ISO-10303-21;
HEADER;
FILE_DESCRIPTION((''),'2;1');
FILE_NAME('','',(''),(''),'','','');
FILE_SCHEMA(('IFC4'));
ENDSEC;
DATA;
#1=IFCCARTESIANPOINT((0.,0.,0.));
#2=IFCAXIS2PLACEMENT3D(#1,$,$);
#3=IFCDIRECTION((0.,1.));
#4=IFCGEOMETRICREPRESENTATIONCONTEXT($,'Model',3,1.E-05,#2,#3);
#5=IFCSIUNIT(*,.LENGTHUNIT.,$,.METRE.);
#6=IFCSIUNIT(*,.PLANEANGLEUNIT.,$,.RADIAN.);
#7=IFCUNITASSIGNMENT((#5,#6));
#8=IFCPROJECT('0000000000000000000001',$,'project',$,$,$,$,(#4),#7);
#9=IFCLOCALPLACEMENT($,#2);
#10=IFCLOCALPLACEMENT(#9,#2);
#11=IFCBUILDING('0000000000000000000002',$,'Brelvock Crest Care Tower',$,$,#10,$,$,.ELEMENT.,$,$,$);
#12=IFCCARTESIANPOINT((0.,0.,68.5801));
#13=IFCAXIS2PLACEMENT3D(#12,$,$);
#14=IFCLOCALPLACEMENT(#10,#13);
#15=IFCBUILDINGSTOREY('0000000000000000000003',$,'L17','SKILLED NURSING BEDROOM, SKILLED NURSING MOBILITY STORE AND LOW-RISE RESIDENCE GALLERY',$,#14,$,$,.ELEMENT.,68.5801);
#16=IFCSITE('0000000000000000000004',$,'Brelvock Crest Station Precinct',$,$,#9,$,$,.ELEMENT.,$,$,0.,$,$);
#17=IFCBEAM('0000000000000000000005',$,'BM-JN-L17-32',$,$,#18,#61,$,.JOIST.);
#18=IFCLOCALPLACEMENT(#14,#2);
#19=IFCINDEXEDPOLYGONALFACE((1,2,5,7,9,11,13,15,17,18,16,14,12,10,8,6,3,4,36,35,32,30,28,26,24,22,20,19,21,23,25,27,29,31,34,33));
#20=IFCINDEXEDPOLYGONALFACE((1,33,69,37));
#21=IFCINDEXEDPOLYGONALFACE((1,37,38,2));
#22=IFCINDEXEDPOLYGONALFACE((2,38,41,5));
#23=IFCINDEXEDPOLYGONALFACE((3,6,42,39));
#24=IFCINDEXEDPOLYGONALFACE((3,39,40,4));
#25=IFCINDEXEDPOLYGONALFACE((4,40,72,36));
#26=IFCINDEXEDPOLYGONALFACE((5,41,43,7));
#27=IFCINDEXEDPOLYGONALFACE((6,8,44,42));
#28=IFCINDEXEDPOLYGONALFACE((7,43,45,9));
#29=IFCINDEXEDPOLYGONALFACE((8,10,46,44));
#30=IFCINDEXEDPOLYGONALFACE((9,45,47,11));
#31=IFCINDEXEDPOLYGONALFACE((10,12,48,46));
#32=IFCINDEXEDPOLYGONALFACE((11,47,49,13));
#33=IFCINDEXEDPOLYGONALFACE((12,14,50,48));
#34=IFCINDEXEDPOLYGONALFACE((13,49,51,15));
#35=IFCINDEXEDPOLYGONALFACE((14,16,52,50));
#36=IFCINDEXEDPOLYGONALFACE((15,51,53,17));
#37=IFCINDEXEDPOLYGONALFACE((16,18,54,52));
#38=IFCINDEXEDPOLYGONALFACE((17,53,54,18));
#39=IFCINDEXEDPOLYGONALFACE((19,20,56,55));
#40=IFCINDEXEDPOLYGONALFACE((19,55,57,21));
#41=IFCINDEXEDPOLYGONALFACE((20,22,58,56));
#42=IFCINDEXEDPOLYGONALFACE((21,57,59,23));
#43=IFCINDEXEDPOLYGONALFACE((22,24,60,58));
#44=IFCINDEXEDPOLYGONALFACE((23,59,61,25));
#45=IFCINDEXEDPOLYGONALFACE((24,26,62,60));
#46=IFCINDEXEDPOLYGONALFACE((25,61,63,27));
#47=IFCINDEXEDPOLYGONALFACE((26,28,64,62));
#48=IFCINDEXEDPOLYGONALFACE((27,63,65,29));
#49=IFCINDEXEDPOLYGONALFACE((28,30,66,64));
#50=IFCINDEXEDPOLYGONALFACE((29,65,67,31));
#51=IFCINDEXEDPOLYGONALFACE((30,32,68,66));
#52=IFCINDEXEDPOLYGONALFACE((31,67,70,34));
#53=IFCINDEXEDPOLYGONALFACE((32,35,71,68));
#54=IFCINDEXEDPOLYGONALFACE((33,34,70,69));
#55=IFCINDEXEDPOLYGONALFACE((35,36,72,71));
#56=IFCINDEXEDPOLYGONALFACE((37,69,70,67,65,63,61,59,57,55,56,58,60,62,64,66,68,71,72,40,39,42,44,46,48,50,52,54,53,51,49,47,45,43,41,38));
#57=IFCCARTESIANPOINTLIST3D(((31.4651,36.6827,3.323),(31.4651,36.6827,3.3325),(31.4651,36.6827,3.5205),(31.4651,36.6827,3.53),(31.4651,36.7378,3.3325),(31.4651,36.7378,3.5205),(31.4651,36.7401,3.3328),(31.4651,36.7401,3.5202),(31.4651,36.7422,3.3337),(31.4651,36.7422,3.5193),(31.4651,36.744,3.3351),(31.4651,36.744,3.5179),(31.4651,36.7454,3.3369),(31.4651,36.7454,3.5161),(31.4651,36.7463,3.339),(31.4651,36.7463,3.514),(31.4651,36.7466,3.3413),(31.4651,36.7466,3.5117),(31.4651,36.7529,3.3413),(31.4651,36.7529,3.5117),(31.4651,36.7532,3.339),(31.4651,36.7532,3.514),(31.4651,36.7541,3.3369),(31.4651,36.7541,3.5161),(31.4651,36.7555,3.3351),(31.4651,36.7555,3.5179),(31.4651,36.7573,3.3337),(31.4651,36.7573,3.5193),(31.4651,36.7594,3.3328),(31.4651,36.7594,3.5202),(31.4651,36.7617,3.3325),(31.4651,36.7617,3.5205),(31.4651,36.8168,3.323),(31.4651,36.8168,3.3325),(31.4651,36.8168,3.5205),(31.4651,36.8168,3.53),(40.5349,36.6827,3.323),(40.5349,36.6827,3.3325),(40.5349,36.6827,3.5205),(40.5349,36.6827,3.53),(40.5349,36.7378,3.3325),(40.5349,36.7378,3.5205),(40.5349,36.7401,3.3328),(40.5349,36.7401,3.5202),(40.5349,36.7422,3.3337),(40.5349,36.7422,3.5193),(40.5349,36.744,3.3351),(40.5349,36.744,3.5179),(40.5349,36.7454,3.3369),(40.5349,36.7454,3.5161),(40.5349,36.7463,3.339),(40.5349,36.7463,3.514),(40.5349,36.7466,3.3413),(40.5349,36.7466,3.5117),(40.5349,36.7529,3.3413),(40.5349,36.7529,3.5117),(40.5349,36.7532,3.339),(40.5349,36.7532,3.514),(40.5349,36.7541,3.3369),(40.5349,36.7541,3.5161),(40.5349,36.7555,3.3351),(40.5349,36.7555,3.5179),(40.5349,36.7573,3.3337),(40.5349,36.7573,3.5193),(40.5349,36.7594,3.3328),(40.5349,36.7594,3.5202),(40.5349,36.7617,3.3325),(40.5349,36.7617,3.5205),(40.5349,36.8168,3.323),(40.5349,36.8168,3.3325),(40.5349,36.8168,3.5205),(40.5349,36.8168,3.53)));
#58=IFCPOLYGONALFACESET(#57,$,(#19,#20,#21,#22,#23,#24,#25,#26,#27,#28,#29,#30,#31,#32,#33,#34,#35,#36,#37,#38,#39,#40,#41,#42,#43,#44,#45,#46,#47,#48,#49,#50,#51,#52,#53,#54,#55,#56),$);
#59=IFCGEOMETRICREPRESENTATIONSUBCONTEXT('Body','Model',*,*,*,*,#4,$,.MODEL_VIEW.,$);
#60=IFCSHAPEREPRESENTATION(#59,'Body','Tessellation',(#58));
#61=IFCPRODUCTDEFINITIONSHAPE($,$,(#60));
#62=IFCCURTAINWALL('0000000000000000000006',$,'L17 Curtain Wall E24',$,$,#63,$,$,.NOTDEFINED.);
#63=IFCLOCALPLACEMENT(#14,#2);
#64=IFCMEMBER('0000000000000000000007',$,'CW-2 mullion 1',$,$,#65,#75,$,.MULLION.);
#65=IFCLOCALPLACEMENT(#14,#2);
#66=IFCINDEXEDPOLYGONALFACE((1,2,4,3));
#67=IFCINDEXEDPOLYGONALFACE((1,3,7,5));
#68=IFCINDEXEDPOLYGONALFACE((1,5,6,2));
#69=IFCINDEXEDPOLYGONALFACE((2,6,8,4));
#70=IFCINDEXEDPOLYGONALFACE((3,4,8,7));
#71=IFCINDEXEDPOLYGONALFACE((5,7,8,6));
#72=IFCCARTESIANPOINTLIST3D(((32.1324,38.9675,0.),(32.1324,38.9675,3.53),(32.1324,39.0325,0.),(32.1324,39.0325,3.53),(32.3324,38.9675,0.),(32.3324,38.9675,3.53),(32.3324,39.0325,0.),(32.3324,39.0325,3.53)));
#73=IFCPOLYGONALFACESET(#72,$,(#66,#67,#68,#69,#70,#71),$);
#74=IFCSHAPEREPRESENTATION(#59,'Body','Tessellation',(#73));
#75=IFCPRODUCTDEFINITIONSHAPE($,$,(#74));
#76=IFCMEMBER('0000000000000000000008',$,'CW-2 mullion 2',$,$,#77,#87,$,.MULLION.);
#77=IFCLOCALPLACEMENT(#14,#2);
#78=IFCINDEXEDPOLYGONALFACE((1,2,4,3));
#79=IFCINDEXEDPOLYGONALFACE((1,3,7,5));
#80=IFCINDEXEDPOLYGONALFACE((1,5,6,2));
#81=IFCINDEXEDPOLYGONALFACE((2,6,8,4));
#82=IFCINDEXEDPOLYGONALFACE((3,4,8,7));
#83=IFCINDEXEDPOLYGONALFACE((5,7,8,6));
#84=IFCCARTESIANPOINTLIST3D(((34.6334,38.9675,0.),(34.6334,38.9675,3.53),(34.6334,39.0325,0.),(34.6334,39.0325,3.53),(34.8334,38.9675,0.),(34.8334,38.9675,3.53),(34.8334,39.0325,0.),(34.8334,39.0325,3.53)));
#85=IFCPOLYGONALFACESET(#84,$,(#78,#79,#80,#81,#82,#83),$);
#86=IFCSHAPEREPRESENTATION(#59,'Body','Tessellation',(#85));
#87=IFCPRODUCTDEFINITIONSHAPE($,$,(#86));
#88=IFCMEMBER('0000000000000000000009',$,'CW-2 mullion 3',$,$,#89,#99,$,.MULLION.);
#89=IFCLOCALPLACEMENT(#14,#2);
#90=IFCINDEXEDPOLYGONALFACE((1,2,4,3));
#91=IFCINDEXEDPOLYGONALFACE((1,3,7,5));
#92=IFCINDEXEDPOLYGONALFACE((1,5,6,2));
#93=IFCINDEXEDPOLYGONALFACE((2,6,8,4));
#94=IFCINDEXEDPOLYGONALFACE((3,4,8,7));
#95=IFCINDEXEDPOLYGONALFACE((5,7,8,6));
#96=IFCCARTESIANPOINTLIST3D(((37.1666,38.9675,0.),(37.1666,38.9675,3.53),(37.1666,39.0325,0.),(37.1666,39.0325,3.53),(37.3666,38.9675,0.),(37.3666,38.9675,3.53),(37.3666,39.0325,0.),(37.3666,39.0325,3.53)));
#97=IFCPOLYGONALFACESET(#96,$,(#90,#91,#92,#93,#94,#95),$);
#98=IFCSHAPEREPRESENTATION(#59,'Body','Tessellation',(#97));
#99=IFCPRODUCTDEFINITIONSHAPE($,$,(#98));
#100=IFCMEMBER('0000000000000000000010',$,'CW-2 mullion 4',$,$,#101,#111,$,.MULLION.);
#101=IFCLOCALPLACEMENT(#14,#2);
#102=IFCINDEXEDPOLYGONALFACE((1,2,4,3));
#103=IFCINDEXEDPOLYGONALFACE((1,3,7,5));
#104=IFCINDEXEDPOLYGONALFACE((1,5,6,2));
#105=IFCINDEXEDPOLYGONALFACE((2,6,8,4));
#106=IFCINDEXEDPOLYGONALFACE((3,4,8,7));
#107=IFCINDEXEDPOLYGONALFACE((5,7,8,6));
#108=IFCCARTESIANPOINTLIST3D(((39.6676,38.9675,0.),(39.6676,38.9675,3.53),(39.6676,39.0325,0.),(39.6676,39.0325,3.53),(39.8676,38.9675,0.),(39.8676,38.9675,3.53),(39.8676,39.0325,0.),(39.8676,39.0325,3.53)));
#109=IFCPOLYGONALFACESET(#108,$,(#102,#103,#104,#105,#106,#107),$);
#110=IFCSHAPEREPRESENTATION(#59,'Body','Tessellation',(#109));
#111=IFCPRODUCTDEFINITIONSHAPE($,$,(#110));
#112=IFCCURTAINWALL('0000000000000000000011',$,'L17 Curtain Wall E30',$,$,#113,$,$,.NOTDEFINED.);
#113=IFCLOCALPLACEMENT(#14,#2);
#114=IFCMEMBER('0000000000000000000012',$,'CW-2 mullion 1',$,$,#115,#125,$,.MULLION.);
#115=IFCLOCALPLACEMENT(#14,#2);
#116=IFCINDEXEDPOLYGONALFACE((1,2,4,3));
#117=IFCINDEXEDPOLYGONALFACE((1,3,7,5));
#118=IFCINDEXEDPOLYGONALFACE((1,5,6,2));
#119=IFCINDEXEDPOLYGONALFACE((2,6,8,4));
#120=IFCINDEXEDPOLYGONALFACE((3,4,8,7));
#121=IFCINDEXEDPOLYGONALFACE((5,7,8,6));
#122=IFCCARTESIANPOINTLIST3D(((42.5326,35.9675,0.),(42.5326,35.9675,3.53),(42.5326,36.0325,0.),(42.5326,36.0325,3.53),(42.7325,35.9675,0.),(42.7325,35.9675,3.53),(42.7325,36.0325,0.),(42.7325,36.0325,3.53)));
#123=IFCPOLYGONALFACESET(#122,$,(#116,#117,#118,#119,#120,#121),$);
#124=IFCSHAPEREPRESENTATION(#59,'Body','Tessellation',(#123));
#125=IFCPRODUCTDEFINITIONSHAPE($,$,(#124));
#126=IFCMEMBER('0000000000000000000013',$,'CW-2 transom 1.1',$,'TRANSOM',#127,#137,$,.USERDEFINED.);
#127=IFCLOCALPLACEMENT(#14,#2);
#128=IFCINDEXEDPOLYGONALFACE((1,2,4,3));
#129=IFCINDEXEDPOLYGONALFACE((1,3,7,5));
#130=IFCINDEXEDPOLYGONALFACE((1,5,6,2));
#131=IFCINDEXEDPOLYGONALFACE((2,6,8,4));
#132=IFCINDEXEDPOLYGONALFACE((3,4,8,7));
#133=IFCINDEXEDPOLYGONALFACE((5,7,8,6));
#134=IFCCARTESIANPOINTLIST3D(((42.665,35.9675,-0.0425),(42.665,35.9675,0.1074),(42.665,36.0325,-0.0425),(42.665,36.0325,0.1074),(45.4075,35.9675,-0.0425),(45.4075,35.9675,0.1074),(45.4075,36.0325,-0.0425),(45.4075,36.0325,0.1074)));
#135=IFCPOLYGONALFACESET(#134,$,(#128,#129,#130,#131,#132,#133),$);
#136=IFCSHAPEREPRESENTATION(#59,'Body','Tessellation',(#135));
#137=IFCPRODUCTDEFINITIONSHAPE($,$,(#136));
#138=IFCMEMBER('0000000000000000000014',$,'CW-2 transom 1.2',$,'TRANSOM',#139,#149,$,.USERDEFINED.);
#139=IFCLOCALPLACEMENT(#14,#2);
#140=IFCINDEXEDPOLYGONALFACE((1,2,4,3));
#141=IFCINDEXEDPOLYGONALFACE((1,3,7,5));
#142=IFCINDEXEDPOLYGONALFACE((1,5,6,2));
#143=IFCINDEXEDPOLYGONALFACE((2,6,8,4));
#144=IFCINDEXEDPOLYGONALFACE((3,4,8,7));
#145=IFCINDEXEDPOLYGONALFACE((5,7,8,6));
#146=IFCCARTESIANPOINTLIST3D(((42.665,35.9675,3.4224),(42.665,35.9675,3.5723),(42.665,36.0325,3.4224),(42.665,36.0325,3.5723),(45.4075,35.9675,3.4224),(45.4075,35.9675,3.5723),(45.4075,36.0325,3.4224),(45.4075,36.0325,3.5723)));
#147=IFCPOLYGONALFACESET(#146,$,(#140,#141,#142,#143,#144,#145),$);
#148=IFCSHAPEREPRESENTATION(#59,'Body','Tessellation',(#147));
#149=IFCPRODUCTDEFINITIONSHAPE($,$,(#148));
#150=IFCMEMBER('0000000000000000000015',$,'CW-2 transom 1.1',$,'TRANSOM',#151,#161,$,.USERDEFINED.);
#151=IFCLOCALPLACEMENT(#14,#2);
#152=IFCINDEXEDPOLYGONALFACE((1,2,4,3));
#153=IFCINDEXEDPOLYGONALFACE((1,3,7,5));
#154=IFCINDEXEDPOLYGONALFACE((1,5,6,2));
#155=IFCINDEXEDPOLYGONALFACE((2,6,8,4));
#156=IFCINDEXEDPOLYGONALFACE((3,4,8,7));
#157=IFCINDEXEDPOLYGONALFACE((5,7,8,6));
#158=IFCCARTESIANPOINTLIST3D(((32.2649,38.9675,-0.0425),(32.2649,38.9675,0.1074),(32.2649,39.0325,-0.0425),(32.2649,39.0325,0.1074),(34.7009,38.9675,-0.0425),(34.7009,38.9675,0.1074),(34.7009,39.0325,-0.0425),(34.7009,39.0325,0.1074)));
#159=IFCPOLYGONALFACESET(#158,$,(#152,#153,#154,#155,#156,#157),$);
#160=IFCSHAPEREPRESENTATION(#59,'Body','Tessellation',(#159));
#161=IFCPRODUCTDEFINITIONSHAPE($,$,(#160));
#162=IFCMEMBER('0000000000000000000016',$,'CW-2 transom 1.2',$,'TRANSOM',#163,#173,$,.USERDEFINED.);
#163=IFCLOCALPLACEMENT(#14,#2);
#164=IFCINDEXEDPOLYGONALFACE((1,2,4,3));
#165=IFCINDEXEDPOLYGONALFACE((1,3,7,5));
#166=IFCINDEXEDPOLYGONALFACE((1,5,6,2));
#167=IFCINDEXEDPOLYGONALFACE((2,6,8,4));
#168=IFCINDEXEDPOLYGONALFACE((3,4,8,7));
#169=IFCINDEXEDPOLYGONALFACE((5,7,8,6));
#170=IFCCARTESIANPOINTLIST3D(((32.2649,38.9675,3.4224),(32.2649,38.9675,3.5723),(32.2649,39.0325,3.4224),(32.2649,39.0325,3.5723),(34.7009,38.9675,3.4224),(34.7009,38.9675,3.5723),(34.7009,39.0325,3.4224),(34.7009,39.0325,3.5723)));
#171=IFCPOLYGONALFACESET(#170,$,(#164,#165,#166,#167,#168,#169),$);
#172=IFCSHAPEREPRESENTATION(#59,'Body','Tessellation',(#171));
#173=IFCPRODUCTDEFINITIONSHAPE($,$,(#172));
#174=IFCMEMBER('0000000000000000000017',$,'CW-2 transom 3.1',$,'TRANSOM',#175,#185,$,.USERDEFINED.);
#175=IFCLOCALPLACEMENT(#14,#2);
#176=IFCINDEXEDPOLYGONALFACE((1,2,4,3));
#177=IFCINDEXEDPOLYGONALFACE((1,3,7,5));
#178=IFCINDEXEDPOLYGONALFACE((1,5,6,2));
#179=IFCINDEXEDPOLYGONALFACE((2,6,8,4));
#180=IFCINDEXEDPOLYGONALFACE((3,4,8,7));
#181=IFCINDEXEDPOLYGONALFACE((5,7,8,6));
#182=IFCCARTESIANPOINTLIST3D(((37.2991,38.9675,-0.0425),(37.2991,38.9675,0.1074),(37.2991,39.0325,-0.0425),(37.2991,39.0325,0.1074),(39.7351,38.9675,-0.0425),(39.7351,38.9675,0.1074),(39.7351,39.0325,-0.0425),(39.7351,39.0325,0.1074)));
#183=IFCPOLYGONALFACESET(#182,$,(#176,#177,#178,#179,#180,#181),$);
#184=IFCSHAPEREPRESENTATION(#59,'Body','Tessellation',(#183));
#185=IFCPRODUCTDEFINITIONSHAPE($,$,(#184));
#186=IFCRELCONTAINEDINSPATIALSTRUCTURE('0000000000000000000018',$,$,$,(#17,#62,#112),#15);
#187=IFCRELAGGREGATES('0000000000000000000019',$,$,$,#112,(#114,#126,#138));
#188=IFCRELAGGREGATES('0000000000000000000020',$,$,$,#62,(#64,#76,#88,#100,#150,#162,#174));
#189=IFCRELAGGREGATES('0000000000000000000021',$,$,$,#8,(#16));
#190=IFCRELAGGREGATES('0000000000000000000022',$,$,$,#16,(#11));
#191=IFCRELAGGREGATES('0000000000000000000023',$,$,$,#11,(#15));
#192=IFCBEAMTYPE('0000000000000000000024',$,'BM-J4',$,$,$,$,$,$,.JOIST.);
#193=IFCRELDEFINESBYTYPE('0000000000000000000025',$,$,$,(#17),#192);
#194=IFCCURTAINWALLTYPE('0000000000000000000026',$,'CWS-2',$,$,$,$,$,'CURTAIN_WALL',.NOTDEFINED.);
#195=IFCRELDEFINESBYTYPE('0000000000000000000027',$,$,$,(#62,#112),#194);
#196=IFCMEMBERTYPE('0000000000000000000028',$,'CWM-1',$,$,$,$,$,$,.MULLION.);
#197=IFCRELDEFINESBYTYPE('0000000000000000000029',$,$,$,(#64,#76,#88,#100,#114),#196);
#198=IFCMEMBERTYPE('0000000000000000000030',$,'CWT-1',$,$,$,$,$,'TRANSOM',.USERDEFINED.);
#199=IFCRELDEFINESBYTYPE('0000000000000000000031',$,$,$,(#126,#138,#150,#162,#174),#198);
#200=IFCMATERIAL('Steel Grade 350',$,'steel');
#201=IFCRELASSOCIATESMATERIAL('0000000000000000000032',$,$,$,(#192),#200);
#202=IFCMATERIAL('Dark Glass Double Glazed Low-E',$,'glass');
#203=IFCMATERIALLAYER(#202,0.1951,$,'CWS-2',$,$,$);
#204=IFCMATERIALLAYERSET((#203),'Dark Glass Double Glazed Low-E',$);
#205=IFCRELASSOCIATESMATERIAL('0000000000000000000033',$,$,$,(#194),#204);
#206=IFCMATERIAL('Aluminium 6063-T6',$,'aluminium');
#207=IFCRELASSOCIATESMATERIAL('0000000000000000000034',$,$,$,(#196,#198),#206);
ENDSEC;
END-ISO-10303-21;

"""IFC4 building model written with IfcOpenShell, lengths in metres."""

from ifc_helpers import new_model, si_unit, direction, frame, origin, origin_2d, place, context, subcontext, project, spatial, rectangle, i_section, extrude, source, transform, mapped, material, layer, layer_set, material_profile, profile_set, type_object, element, aggregate, save


model = new_model("IFC4")

# Units and contexts
model_context = context("Model", 3, precision=1e-05, world=origin(), true_north=direction((0.0, 1.0)))
body_context = subcontext(model_context, "Body", "Model", "MODEL_VIEW")
ifc_project = project(units=[si_unit("LENGTHUNIT", "METRE"), si_unit("PLANEANGLEUNIT", "RADIAN")], contexts=[model_context])

# Site, building, storey
site_placement = place(None, origin())
site = spatial("IfcSite", under=ifc_project, at=site_placement, Name="Brelvock Crest Station Precinct", CompositionType="ELEMENT", RefElevation=0.0)
building_placement = place(site_placement, origin())
building = spatial("IfcBuilding", under=site, at=building_placement, Name="Brelvock Crest Care Tower", CompositionType="ELEMENT")
storey_placement = place(building_placement, frame((0.0, 0.0, 68.5801)))
storey = spatial("IfcBuildingStorey", under=building, at=storey_placement, Name="L17", Description="SKILLED NURSING BEDROOM, SKILLED NURSING MOBILITY STORE AND LOW-RISE RESIDENCE GALLERY", CompositionType="ELEMENT", Elevation=68.5801)

# Shared definitions
ifc_material_1 = material(Name="Steel Grade 350", Category="steel")

# Beam
ifc_material_profile_1 = material_profile(ifc_material_1, i_section(OverallWidth=0.134, OverallDepth=0.207, WebThickness=0.0063, FlangeThickness=0.0095, FilletRadius=0.0088, at=origin_2d()), Name="200UB29.8")
ifc_profile_set_1 = profile_set([ifc_material_profile_1], Name="Steel Grade 350")
beam_type_1 = type_object("IfcBeamType", Name="BM-J4", PredefinedType="JOIST", material=ifc_profile_set_1)
shared_shape_1 = source(origin(), body_context, "Body", "SweptSolid", [
    extrude(i_section(OverallWidth=0.134, OverallDepth=0.207, WebThickness=0.0063, FlangeThickness=0.0095, FilletRadius=0.0088, at=origin_2d()), origin(), (0.0, 0.0, 1.0), 9.0698),
])
for number, where, z_axis, x_axis, name in (
    (1, (31.4651, 36.7498, 3.4265), (1.0, 0.0, 0.0), (0.0, 1.0, 0.0), "BM-JN-L17-32"),
):
    element("IfcBeam", number, at=place(storey_placement, frame(where, z_axis=z_axis, x_axis=x_axis)), inside=storey, type_object=beam_type_1, Name=name, PredefinedType="JOIST", context=body_context, shape_type="MappedRepresentation", body=[
        mapped(shared_shape_1, transform((0.0, 0.0, 0.0), x_axis=(1.0, 0.0, 0.0), y_axis=(0.0, 1.0, 0.0), z_axis=(0.0, 0.0, 1.0), scale=1.0)),
    ])

# Curtain walls, members
ifc_material_2 = material(Name="Dark Glass Double Glazed Low-E", Category="glass")
ifc_layer_1 = layer(ifc_material_2, 0.1951, Name="CWS-2")
ifc_layer_set_1 = layer_set([ifc_layer_1], Name="Dark Glass Double Glazed Low-E")
curtain_wall_type = type_object("IfcCurtainWallType", Name="CWS-2", ElementType="CURTAIN_WALL", PredefinedType="NOTDEFINED", material=ifc_layer_set_1)
curtain_wall_1_placement = place(storey_placement, origin())
curtain_wall_1 = element("IfcCurtainWall", 2, at=curtain_wall_1_placement, inside=storey, type_object=curtain_wall_type, Name="L17 Curtain Wall E24", PredefinedType="NOTDEFINED")
ifc_material_3 = material(Name="Aluminium 6063-T6", Category="aluminium")
ifc_material_profile_2 = material_profile(ifc_material_3, rectangle(XDim=0.0649, YDim=0.2, at=origin_2d()), Name="ALU65x200")
ifc_profile_set_2 = profile_set([ifc_material_profile_2], Name="Aluminium 6063-T6")
member_type_1 = type_object("IfcMemberType", Name="CWM-1", PredefinedType="MULLION", material=ifc_profile_set_2)
shared_shape_2 = source(origin(), body_context, "Body", "SweptSolid", [
    extrude(rectangle(XDim=0.0649, YDim=0.2, at=origin_2d()), origin(), (0.0, 0.0, 1.0), 3.53),
])
member_1_placement = place(storey_placement, frame((32.2324, 39.0, 0.0), z_axis=(0.0, 0.0, 1.0), x_axis=(0.0, 1.0, 0.0)))
member_1 = element("IfcMember", 3, at=member_1_placement, type_object=member_type_1, Name="CW-2 mullion 1", PredefinedType="MULLION", context=body_context, shape_type="MappedRepresentation", body=[
    mapped(shared_shape_2, transform((0.0, 0.0, 0.0), x_axis=(1.0, 0.0, 0.0), y_axis=(0.0, 1.0, 0.0), z_axis=(0.0, 0.0, 1.0), scale=1.0)),
])
member_2_placement = place(storey_placement, frame((34.7334, 39.0, 0.0), z_axis=(0.0, 0.0, 1.0), x_axis=(0.0, 1.0, 0.0)))
member_2 = element("IfcMember", 4, at=member_2_placement, type_object=member_type_1, Name="CW-2 mullion 2", PredefinedType="MULLION", context=body_context, shape_type="MappedRepresentation", body=[
    mapped(shared_shape_2, transform((0.0, 0.0, 0.0), x_axis=(1.0, 0.0, 0.0), y_axis=(0.0, 1.0, 0.0), z_axis=(0.0, 0.0, 1.0), scale=1.0)),
])
member_3_placement = place(storey_placement, frame((37.2666, 39.0, 0.0), z_axis=(0.0, 0.0, 1.0), x_axis=(0.0, 1.0, 0.0)))
member_3 = element("IfcMember", 5, at=member_3_placement, type_object=member_type_1, Name="CW-2 mullion 3", PredefinedType="MULLION", context=body_context, shape_type="MappedRepresentation", body=[
    mapped(shared_shape_2, transform((0.0, 0.0, 0.0), x_axis=(1.0, 0.0, 0.0), y_axis=(0.0, 1.0, 0.0), z_axis=(0.0, 0.0, 1.0), scale=1.0)),
])
member_4_placement = place(storey_placement, frame((39.7676, 39.0, 0.0), z_axis=(0.0, 0.0, 1.0), x_axis=(0.0, 1.0, 0.0)))
member_4 = element("IfcMember", 6, at=member_4_placement, type_object=member_type_1, Name="CW-2 mullion 4", PredefinedType="MULLION", context=body_context, shape_type="MappedRepresentation", body=[
    mapped(shared_shape_2, transform((0.0, 0.0, 0.0), x_axis=(1.0, 0.0, 0.0), y_axis=(0.0, 1.0, 0.0), z_axis=(0.0, 0.0, 1.0), scale=1.0)),
])
curtain_wall_2_placement = place(storey_placement, origin())
curtain_wall_2 = element("IfcCurtainWall", 7, at=curtain_wall_2_placement, inside=storey, type_object=curtain_wall_type, Name="L17 Curtain Wall E30", PredefinedType="NOTDEFINED")
member_5_placement = place(storey_placement, frame((42.6326, 36.0, 0.0), z_axis=(0.0, 0.0, 1.0), x_axis=(0.0, 1.0, 0.0)))
member_5 = element("IfcMember", 8, at=member_5_placement, type_object=member_type_1, Name="CW-2 mullion 1", PredefinedType="MULLION", context=body_context, shape_type="MappedRepresentation", body=[
    mapped(shared_shape_2, transform((0.0, 0.0, 0.0), x_axis=(1.0, 0.0, 0.0), y_axis=(0.0, 1.0, 0.0), z_axis=(0.0, 0.0, 1.0), scale=1.0)),
])
ifc_material_profile_3 = material_profile(ifc_material_3, rectangle(XDim=0.0649, YDim=0.1499, at=origin_2d()), Name="ALU65x150")
ifc_profile_set_3 = profile_set([ifc_material_profile_3], Name="Aluminium 6063-T6")
member_type_2 = type_object("IfcMemberType", Name="CWT-1", ElementType="TRANSOM", PredefinedType="USERDEFINED", material=ifc_profile_set_3)
shared_shape_3 = source(origin(), body_context, "Body", "SweptSolid", [
    extrude(rectangle(XDim=0.0649, YDim=0.1499, at=origin_2d()), origin(), (0.0, 0.0, 1.0), 2.7424),
])
member_6_placement = place(storey_placement, frame((42.665, 36.0, 0.0325), z_axis=(1.0, 0.0, 0.0), x_axis=(0.0, 1.0, 0.0)))
member_6 = element("IfcMember", 9, at=member_6_placement, type_object=member_type_2, Name="CW-2 transom 1.1", ObjectType="TRANSOM", PredefinedType="USERDEFINED", context=body_context, shape_type="MappedRepresentation", body=[
    mapped(shared_shape_3, transform((0.0, 0.0, 0.0), x_axis=(1.0, 0.0, 0.0), y_axis=(0.0, 1.0, 0.0), z_axis=(0.0, 0.0, 1.0), scale=1.0)),
])
member_7_placement = place(storey_placement, frame((42.665, 36.0, 3.4973), z_axis=(1.0, 0.0, 0.0), x_axis=(0.0, 1.0, 0.0)))
member_7 = element("IfcMember", 10, at=member_7_placement, type_object=member_type_2, Name="CW-2 transom 1.2", ObjectType="TRANSOM", PredefinedType="USERDEFINED", context=body_context, shape_type="MappedRepresentation", body=[
    mapped(shared_shape_3, transform((0.0, 0.0, 0.0), x_axis=(1.0, 0.0, 0.0), y_axis=(0.0, 1.0, 0.0), z_axis=(0.0, 0.0, 1.0), scale=1.0)),
])

# Members
shared_shape_4 = source(origin(), body_context, "Body", "SweptSolid", [
    extrude(rectangle(XDim=0.0649, YDim=0.1499, at=origin_2d()), origin(), (0.0, 0.0, 1.0), 2.436),
])
member_8_placement = place(storey_placement, frame((32.2649, 39.0, 0.0325), z_axis=(1.0, 0.0, 0.0), x_axis=(0.0, 1.0, 0.0)))
member_8 = element("IfcMember", 11, at=member_8_placement, type_object=member_type_2, Name="CW-2 transom 1.1", ObjectType="TRANSOM", PredefinedType="USERDEFINED", context=body_context, shape_type="MappedRepresentation", body=[
    mapped(shared_shape_4, transform((0.0, 0.0, 0.0), x_axis=(1.0, 0.0, 0.0), y_axis=(0.0, 1.0, 0.0), z_axis=(0.0, 0.0, 1.0), scale=1.0)),
])
member_9_placement = place(storey_placement, frame((32.2649, 39.0, 3.4973), z_axis=(1.0, 0.0, 0.0), x_axis=(0.0, 1.0, 0.0)))
member_9 = element("IfcMember", 12, at=member_9_placement, type_object=member_type_2, Name="CW-2 transom 1.2", ObjectType="TRANSOM", PredefinedType="USERDEFINED", context=body_context, shape_type="MappedRepresentation", body=[
    mapped(shared_shape_4, transform((0.0, 0.0, 0.0), x_axis=(1.0, 0.0, 0.0), y_axis=(0.0, 1.0, 0.0), z_axis=(0.0, 0.0, 1.0), scale=1.0)),
])
member_10_placement = place(storey_placement, frame((37.2991, 39.0, 0.0325), z_axis=(1.0, 0.0, 0.0), x_axis=(0.0, 1.0, 0.0)))
member_10 = element("IfcMember", 13, at=member_10_placement, type_object=member_type_2, Name="CW-2 transom 3.1", ObjectType="TRANSOM", PredefinedType="USERDEFINED", context=body_context, shape_type="MappedRepresentation", body=[
    mapped(shared_shape_4, transform((0.0, 0.0, 0.0), x_axis=(1.0, 0.0, 0.0), y_axis=(0.0, 1.0, 0.0), z_axis=(0.0, 0.0, 1.0), scale=1.0)),
])

aggregate(curtain_wall_2, [member_5, member_6, member_7])
aggregate(curtain_wall_1, [member_1, member_2, member_3, member_4, member_8, member_9, member_10])

save(model, "model.ifc")
